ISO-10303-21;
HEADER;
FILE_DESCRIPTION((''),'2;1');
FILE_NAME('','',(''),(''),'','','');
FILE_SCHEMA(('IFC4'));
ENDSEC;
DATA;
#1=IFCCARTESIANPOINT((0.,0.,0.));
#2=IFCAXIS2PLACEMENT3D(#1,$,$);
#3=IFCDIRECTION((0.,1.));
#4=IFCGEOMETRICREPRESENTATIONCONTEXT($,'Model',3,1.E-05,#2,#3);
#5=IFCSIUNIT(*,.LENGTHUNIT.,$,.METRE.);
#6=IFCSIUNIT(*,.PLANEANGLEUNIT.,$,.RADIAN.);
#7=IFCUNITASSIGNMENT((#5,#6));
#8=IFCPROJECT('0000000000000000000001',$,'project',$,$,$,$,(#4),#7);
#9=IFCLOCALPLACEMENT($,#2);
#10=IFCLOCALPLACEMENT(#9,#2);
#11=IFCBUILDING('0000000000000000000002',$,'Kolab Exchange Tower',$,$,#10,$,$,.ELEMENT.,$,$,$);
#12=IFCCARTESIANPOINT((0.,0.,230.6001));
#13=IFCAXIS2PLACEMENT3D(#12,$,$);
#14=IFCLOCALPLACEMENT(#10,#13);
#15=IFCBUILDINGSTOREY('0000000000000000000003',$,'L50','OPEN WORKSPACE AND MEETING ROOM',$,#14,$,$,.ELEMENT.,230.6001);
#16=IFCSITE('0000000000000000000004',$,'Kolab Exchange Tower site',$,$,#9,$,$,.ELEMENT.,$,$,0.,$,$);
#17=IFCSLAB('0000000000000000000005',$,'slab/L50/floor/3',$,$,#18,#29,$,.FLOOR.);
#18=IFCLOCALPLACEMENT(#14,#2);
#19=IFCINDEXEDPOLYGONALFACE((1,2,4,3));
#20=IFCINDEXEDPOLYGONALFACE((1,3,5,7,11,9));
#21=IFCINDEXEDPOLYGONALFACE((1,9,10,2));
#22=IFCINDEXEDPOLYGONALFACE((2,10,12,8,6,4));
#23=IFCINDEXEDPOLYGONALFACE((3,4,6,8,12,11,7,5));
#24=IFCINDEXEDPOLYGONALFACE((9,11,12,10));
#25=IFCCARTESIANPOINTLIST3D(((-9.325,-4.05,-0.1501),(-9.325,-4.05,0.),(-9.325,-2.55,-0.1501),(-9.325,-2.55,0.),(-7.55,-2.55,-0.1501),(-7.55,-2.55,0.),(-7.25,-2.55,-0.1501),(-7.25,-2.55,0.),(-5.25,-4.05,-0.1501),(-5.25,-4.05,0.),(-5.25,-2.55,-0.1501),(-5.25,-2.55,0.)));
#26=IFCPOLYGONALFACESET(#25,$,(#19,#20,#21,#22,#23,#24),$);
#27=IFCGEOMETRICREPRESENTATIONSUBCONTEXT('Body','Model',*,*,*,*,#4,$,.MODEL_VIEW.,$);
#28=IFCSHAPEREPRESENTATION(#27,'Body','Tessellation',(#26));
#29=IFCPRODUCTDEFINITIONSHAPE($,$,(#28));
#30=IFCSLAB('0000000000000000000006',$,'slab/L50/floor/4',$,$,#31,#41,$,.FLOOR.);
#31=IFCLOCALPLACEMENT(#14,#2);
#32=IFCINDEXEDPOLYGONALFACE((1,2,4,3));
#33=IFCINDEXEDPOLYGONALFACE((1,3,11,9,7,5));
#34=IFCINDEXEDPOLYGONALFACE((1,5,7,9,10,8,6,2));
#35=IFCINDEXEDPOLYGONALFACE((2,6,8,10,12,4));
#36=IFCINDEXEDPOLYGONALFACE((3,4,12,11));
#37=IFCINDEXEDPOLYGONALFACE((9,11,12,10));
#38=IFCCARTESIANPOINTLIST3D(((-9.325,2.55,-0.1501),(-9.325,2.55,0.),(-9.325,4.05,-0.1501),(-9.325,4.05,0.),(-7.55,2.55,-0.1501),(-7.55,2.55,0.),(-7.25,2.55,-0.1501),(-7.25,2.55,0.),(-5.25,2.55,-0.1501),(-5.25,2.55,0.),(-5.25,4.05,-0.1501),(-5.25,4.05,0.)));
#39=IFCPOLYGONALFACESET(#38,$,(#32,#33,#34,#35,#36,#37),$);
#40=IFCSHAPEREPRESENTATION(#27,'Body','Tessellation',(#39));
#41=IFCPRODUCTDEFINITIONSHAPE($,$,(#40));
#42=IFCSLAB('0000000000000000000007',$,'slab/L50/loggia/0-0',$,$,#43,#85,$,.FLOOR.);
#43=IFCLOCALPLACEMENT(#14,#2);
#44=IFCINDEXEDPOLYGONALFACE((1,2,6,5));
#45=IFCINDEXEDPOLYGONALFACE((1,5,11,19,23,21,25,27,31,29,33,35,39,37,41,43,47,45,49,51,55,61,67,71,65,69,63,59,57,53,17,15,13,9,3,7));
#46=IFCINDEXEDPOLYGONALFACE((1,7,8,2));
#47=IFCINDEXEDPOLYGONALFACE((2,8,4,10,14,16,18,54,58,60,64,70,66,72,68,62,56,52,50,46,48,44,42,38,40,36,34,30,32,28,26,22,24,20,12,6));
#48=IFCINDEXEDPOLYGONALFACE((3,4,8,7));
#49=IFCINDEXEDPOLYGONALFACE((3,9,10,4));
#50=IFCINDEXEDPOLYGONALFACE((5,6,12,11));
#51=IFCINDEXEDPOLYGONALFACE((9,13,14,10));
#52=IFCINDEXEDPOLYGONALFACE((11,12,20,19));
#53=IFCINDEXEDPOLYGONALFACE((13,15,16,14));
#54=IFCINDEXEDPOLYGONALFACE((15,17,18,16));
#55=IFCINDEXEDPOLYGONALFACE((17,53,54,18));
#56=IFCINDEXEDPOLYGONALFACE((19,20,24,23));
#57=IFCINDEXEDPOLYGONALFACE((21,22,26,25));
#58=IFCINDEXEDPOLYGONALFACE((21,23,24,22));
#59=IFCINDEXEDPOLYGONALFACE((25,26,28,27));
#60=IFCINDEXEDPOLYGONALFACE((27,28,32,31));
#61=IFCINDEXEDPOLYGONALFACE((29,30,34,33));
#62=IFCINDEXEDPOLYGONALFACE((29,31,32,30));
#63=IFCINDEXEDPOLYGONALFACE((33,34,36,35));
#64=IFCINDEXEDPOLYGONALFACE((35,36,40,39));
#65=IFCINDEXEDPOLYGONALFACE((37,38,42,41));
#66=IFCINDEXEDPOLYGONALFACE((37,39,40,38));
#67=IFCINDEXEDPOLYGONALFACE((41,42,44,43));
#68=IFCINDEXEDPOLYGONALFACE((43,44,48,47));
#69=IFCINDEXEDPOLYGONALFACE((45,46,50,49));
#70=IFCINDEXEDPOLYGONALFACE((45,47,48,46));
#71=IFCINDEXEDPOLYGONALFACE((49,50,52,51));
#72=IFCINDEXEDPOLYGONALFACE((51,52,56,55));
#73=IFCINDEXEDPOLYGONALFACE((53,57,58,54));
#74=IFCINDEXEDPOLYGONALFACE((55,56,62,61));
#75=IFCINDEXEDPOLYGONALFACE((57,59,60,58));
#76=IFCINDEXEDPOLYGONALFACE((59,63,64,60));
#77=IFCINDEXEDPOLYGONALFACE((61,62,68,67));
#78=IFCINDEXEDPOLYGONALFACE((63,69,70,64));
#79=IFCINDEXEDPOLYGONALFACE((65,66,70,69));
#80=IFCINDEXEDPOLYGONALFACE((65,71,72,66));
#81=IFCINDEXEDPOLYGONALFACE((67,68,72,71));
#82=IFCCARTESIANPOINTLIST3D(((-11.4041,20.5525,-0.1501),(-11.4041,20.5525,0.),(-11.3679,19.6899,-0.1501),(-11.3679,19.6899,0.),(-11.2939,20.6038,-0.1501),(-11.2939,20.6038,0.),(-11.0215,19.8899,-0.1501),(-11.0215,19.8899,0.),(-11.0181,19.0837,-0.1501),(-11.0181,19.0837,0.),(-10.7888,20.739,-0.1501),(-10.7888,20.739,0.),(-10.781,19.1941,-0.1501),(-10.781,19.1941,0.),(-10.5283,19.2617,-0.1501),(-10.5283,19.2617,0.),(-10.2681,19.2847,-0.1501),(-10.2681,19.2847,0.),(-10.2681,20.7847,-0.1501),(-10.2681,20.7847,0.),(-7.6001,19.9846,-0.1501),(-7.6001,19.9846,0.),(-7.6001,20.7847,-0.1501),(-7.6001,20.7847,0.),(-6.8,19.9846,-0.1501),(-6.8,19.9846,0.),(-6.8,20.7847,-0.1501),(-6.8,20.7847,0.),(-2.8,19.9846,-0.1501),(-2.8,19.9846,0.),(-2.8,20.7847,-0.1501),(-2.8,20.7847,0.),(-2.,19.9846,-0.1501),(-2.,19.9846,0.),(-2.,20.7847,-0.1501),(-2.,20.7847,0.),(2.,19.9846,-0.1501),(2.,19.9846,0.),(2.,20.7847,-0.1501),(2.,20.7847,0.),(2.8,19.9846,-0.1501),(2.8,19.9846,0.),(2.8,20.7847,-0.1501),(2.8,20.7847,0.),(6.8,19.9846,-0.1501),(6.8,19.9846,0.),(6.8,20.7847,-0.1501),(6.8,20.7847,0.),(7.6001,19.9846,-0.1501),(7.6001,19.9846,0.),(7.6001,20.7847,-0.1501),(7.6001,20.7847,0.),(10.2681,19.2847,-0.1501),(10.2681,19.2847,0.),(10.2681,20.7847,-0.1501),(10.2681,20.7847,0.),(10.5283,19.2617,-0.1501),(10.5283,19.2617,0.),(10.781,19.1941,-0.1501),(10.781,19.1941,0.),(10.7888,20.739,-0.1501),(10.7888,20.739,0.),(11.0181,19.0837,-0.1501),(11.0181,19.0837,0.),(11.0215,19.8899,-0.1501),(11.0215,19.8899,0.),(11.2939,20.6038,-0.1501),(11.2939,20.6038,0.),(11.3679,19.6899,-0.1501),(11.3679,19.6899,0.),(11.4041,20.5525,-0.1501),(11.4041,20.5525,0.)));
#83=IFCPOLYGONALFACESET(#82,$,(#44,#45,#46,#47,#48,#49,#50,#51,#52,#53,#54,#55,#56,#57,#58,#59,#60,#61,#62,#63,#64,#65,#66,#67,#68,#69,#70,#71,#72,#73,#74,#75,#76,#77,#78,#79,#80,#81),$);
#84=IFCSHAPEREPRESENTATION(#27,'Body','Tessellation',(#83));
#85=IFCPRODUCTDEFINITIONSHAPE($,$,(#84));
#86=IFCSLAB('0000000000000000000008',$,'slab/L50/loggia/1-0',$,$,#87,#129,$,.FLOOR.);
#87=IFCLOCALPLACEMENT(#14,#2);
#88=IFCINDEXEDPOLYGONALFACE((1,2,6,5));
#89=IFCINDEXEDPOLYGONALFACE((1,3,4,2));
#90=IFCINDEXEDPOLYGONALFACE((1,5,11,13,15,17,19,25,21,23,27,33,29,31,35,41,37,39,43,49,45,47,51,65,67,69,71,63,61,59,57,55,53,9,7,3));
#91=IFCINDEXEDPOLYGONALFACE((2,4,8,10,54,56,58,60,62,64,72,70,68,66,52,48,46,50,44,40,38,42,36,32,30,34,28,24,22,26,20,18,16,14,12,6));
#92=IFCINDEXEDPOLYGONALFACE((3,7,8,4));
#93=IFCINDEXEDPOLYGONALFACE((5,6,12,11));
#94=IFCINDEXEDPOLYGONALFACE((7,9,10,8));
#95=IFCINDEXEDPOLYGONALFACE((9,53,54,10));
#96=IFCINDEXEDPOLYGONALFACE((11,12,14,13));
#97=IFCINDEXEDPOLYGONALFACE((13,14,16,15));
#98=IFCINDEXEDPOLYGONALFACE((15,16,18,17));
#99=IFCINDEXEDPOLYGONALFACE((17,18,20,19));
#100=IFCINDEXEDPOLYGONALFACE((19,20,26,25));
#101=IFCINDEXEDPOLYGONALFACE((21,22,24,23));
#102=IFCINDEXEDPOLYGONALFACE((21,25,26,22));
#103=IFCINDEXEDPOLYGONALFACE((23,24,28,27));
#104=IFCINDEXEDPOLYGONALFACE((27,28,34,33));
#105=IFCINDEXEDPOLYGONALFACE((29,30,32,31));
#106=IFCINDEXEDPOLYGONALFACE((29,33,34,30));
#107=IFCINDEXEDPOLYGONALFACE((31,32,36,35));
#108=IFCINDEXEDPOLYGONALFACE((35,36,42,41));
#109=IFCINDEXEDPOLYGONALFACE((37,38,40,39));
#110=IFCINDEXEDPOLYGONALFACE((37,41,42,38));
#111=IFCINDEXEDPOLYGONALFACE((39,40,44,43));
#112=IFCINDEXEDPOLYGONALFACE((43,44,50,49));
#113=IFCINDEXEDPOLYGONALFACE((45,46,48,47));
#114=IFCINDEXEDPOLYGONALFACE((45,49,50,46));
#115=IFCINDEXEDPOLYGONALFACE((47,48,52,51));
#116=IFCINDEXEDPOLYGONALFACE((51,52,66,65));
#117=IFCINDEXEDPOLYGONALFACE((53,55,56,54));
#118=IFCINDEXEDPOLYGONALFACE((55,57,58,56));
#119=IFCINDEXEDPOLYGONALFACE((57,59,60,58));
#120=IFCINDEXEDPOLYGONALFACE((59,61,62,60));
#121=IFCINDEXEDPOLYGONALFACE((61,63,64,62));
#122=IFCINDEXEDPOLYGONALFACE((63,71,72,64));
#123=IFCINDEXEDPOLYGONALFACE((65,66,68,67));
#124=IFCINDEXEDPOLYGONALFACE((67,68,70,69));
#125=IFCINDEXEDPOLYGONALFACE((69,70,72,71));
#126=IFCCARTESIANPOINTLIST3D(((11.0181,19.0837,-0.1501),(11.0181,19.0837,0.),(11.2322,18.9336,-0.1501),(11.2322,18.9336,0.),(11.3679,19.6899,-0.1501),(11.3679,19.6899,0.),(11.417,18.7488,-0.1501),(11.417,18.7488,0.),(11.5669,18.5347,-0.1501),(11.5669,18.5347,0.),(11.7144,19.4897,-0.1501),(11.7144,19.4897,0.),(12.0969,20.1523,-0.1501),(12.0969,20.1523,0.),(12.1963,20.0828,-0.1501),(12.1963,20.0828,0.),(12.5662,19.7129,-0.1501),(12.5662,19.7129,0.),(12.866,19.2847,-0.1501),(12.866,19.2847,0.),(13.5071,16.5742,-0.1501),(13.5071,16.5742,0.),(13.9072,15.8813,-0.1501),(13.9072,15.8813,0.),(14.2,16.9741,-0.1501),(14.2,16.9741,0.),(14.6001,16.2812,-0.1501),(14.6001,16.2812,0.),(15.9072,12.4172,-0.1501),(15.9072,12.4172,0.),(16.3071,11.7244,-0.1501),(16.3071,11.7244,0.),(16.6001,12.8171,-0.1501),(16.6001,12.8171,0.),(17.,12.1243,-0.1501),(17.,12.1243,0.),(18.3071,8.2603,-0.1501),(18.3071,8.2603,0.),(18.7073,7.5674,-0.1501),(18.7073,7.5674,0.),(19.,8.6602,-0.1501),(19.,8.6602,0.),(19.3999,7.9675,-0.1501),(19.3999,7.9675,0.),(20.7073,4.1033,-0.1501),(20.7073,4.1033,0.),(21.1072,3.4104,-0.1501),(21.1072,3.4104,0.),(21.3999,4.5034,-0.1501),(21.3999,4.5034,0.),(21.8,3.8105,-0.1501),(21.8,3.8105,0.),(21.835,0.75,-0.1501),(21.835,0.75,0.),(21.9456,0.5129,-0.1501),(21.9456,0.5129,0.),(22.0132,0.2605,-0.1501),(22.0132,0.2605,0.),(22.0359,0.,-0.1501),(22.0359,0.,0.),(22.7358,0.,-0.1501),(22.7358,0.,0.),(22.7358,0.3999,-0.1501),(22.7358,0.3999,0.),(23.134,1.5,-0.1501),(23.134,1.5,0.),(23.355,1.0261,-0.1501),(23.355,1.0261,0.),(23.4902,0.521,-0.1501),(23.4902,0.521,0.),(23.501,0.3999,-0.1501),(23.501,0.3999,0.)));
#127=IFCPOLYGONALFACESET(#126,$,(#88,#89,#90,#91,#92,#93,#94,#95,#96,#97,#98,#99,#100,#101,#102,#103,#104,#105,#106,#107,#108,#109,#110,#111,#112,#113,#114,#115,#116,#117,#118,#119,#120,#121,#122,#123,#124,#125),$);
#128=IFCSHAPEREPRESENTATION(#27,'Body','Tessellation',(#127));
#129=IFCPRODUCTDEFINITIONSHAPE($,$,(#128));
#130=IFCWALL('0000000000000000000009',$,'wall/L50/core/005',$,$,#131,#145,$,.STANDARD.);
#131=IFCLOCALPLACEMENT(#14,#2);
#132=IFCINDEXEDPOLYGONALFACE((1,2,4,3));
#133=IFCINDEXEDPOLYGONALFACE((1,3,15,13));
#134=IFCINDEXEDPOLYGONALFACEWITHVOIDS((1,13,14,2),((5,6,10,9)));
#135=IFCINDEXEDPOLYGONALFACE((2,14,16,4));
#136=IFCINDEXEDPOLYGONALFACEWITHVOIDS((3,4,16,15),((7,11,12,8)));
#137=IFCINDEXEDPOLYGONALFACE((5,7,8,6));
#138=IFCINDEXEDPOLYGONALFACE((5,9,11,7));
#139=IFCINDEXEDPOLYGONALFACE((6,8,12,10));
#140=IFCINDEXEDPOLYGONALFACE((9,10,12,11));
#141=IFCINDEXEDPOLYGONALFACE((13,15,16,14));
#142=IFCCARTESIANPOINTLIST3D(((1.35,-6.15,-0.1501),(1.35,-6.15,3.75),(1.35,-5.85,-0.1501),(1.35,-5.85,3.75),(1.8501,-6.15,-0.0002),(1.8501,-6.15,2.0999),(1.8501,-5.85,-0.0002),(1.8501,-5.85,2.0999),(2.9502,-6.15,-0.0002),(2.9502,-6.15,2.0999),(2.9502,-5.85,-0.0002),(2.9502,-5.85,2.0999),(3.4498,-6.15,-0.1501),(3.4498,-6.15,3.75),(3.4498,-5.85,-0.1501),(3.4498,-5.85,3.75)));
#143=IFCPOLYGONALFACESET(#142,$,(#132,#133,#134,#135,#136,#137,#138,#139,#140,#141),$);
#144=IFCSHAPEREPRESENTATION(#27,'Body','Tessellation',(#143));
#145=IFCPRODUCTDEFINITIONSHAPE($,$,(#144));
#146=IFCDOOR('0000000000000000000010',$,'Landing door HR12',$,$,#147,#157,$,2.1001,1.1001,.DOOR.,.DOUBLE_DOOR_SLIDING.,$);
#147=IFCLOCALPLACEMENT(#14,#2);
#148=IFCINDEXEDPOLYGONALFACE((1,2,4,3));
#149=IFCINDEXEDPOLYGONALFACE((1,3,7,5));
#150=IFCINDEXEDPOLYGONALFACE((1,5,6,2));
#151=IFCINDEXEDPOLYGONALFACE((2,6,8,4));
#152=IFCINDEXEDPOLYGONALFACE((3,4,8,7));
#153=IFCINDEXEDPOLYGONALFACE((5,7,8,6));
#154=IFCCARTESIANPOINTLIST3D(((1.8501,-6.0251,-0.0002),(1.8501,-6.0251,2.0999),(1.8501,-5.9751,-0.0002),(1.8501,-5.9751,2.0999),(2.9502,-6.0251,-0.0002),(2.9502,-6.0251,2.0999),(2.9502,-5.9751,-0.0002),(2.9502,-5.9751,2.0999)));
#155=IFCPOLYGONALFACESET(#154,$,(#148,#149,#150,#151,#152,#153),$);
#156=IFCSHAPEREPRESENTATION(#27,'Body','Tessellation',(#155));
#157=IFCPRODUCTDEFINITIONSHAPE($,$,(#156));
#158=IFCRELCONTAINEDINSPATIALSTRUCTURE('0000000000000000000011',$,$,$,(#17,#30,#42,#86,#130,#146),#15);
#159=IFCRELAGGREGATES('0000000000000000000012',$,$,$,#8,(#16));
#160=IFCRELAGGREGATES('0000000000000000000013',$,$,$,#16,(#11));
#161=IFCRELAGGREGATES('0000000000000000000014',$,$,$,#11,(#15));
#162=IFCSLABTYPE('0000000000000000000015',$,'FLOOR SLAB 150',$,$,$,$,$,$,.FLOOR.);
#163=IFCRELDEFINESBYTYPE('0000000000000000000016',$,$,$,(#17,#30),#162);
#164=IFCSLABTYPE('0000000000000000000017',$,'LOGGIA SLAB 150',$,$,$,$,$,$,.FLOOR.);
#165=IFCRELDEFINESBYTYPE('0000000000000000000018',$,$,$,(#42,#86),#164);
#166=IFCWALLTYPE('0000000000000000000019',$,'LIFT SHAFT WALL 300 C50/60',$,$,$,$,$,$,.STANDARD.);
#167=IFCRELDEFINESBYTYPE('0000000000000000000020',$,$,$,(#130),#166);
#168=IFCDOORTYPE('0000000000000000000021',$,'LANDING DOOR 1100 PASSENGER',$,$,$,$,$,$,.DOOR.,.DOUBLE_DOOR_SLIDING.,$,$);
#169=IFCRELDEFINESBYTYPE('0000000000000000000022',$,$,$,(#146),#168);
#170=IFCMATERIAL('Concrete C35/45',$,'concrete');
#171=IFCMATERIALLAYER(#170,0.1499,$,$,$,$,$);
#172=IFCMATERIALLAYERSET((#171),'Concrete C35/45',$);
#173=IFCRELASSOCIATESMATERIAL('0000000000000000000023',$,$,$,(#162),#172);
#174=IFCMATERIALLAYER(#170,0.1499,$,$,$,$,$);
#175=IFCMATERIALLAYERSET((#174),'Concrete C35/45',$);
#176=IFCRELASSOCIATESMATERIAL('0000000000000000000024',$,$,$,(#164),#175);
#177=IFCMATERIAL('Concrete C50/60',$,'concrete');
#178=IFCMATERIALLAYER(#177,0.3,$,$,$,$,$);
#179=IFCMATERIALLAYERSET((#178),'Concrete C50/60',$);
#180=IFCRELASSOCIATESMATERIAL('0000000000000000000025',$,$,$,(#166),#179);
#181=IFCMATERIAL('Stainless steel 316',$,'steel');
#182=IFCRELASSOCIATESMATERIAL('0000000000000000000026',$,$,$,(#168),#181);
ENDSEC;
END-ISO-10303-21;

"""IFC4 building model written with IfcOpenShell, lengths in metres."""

from ifc_helpers import new_model, si_unit, direction, frame, frame_2d, origin, place, context, subcontext, project, spatial, polyline, rectangle, outline, extrude, material, layer, layer_set, type_object, element, fill, save


model = new_model("IFC4")

# Units and contexts
model_context = context("Model", 3, precision=1e-05, world=origin(), true_north=direction((0.0, 1.0)))
body_context = subcontext(model_context, "Body", "Model", "MODEL_VIEW")
ifc_project = project(units=[si_unit("LENGTHUNIT", "METRE"), si_unit("PLANEANGLEUNIT", "RADIAN")], contexts=[model_context])

# Site, building, storey
site_placement = place(None, origin())
site = spatial("IfcSite", under=ifc_project, at=site_placement, Name="Kolab Exchange Tower site", CompositionType="ELEMENT", RefElevation=0.0)
building_placement = place(site_placement, origin())
building = spatial("IfcBuilding", under=site, at=building_placement, Name="Kolab Exchange Tower", CompositionType="ELEMENT")
storey_placement = place(building_placement, frame((0.0, 0.0, 230.6001)))
storey = spatial("IfcBuildingStorey", under=building, at=storey_placement, Name="L50", Description="OPEN WORKSPACE AND MEETING ROOM", CompositionType="ELEMENT", Elevation=230.6001)

# Slabs
ifc_material_1 = material(Name="Concrete C35/45", Category="concrete")
ifc_layer_1 = layer(ifc_material_1, 0.1499)
ifc_layer_set_1 = layer_set([ifc_layer_1], Name="Concrete C35/45")
slab_type_1 = type_object("IfcSlabType", Name="FLOOR SLAB 150", PredefinedType="FLOOR", material=ifc_layer_set_1)
slab_1_placement = place(storey_placement, frame((0.0, 0.0, -0.1501)))
element("IfcSlab", 1, at=slab_1_placement, inside=storey, type_object=slab_type_1, Name="slab/L50/floor/3", PredefinedType="FLOOR", context=body_context, shape_type="SweptSolid", body=[
    extrude(outline(polyline([(-7.55, -2.55), (-9.325, -2.55), (-9.325, -4.05), (-5.25, -4.05), (-5.25, -2.55), (-7.25, -2.55), (-7.55, -2.55)])), origin(), (0.0, 0.0, 1.0), 0.1501),
])
slab_2_placement = place(storey_placement, frame((0.0, 0.0, -0.1501)))
element("IfcSlab", 2, at=slab_2_placement, inside=storey, type_object=slab_type_1, Name="slab/L50/floor/4", PredefinedType="FLOOR", context=body_context, shape_type="SweptSolid", body=[
    extrude(outline(polyline([(-9.325, 4.05), (-9.325, 2.55), (-7.55, 2.55), (-7.25, 2.55), (-5.25, 2.55), (-5.25, 4.05), (-9.325, 4.05)])), origin(), (0.0, 0.0, 1.0), 0.1501),
])
ifc_layer_2 = layer(ifc_material_1, 0.1499)
ifc_layer_set_2 = layer_set([ifc_layer_2], Name="Concrete C35/45")
slab_type_2 = type_object("IfcSlabType", Name="LOGGIA SLAB 150", PredefinedType="FLOOR", material=ifc_layer_set_2)
slab_3_placement = place(storey_placement, frame((0.0, 0.0, -0.1501)))
element("IfcSlab", 3, at=slab_3_placement, inside=storey, type_object=slab_type_2, Name="slab/L50/loggia/0-0", PredefinedType="FLOOR", context=body_context, shape_type="SweptSolid", body=[
    extrude(outline(polyline([(11.0181, 19.0837), (11.3679, 19.6899), (11.0215, 19.8899), (11.4041, 20.5525), (11.2939, 20.6038), (10.7888, 20.739), (10.2681, 20.7847), (7.6001, 20.7847), (7.6001, 19.9846), (6.8, 19.9846), (6.8, 20.7847), (2.8, 20.7847), (2.8, 19.9846), (2.0, 19.9846), (2.0, 20.7847), (-2.0, 20.7847), (-2.0, 19.9846), (-2.8, 19.9846), (-2.8, 20.7847), (-6.8, 20.7847), (-6.8, 19.9846), (-7.6001, 19.9846), (-7.6001, 20.7847), (-10.2681, 20.7847), (-10.7888, 20.739), (-11.2939, 20.6038), (-11.4041, 20.5525), (-11.0215, 19.8899), (-11.3679, 19.6899), (-11.0181, 19.0837), (-10.781, 19.1941), (-10.5283, 19.2617), (-10.2681, 19.2847), (10.2681, 19.2847), (10.5283, 19.2617), (10.781, 19.1941), (11.0181, 19.0837)])), origin(), (0.0, 0.0, 1.0), 0.1501),
])
slab_4_placement = place(storey_placement, frame((0.0, 0.0, -0.1501)))
element("IfcSlab", 4, at=slab_4_placement, inside=storey, type_object=slab_type_2, Name="slab/L50/loggia/1-0", PredefinedType="FLOOR", context=body_context, shape_type="SweptSolid", body=[
    extrude(outline(polyline([(22.0359, 0.0), (22.7358, 0.0), (22.7358, 0.3999), (23.501, 0.3999), (23.4902, 0.521), (23.355, 1.0261), (23.134, 1.5), (21.8, 3.8105), (21.1072, 3.4104), (20.7073, 4.1033), (21.3999, 4.5034), (19.3999, 7.9675), (18.7073, 7.5674), (18.3071, 8.2603), (19.0, 8.6602), (17.0, 12.1243), (16.3071, 11.7244), (15.9072, 12.4172), (16.6001, 12.8171), (14.6001, 16.2812), (13.9072, 15.8813), (13.5071, 16.5742), (14.2, 16.9741), (12.866, 19.2847), (12.5662, 19.7129), (12.1963, 20.0828), (12.0969, 20.1523), (11.7144, 19.4897), (11.3679, 19.6899), (11.0181, 19.0837), (11.2322, 18.9336), (11.417, 18.7488), (11.5669, 18.5347), (21.835, 0.75), (21.9456, 0.5129), (22.0132, 0.2605), (22.0359, 0.0)])), origin(), (0.0, 0.0, 1.0), 0.1501),
])

# Wall, opening, door
ifc_material_2 = material(Name="Concrete C50/60", Category="concrete")
ifc_layer_3 = layer(ifc_material_2, 0.3)
ifc_layer_set_3 = layer_set([ifc_layer_3], Name="Concrete C50/60")
wall_type_1 = type_object("IfcWallType", Name="LIFT SHAFT WALL 300 C50/60", PredefinedType="STANDARD", material=ifc_layer_set_3)
wall_1_placement = place(storey_placement, frame((1.3501, -6.0, -0.1501), z_axis=(0.0, 0.0, 1.0), x_axis=(1.0, 0.0, 0.0)))
wall_1 = element("IfcWall", 5, at=wall_1_placement, inside=storey, type_object=wall_type_1, Name="wall/L50/core/005", PredefinedType="STANDARD", context=body_context, shape_type="SweptSolid", body=[
    extrude(rectangle(XDim=2.0999, YDim=0.3, at=frame_2d((1.0498, 0.0))), origin(), (0.0, 0.0, 1.0), 3.9001),
])
opening_1_placement = place(wall_1_placement, frame((0.5, 0.0, 0.1499)))
opening_1 = element("IfcOpeningElement", 6, at=opening_1_placement, cuts=wall_1, PredefinedType="OPENING", context=body_context, shape_type="SweptSolid", body=[
    extrude(rectangle(XDim=1.1001, YDim=2.1001, at=frame_2d((0.55, 1.05))), frame((0.0, 0.1602, 0.0), z_axis=(0.0, -1.0, 0.0), x_axis=(1.0, 0.0, 0.0)), (0.0, 0.0, 1.0), 0.3201),
])
ifc_material_3 = material(Name="Stainless steel 316", Category="steel")
door_type_1 = type_object("IfcDoorType", Name="LANDING DOOR 1100 PASSENGER", OperationType="DOUBLE_DOOR_SLIDING", PredefinedType="DOOR", material=ifc_material_3)
door_1_placement = place(opening_1_placement, origin())
door_1 = element("IfcDoor", 7, at=door_1_placement, inside=storey, type_object=door_type_1, Name="Landing door HR12", OperationType="DOUBLE_DOOR_SLIDING", OverallHeight=2.1001, OverallWidth=1.1001, PredefinedType="DOOR", context=body_context, shape_type="SweptSolid", body=[
    extrude(rectangle(XDim=1.1001, YDim=2.1001, at=frame_2d((0.55, 1.05))), frame((0.0, 0.0249, 0.0), z_axis=(0.0, -1.0, 0.0), x_axis=(1.0, 0.0, 0.0)), (0.0, 0.0, 1.0), 0.05),
])
fill(opening_1, door_1)

save(model, "model.ifc")
